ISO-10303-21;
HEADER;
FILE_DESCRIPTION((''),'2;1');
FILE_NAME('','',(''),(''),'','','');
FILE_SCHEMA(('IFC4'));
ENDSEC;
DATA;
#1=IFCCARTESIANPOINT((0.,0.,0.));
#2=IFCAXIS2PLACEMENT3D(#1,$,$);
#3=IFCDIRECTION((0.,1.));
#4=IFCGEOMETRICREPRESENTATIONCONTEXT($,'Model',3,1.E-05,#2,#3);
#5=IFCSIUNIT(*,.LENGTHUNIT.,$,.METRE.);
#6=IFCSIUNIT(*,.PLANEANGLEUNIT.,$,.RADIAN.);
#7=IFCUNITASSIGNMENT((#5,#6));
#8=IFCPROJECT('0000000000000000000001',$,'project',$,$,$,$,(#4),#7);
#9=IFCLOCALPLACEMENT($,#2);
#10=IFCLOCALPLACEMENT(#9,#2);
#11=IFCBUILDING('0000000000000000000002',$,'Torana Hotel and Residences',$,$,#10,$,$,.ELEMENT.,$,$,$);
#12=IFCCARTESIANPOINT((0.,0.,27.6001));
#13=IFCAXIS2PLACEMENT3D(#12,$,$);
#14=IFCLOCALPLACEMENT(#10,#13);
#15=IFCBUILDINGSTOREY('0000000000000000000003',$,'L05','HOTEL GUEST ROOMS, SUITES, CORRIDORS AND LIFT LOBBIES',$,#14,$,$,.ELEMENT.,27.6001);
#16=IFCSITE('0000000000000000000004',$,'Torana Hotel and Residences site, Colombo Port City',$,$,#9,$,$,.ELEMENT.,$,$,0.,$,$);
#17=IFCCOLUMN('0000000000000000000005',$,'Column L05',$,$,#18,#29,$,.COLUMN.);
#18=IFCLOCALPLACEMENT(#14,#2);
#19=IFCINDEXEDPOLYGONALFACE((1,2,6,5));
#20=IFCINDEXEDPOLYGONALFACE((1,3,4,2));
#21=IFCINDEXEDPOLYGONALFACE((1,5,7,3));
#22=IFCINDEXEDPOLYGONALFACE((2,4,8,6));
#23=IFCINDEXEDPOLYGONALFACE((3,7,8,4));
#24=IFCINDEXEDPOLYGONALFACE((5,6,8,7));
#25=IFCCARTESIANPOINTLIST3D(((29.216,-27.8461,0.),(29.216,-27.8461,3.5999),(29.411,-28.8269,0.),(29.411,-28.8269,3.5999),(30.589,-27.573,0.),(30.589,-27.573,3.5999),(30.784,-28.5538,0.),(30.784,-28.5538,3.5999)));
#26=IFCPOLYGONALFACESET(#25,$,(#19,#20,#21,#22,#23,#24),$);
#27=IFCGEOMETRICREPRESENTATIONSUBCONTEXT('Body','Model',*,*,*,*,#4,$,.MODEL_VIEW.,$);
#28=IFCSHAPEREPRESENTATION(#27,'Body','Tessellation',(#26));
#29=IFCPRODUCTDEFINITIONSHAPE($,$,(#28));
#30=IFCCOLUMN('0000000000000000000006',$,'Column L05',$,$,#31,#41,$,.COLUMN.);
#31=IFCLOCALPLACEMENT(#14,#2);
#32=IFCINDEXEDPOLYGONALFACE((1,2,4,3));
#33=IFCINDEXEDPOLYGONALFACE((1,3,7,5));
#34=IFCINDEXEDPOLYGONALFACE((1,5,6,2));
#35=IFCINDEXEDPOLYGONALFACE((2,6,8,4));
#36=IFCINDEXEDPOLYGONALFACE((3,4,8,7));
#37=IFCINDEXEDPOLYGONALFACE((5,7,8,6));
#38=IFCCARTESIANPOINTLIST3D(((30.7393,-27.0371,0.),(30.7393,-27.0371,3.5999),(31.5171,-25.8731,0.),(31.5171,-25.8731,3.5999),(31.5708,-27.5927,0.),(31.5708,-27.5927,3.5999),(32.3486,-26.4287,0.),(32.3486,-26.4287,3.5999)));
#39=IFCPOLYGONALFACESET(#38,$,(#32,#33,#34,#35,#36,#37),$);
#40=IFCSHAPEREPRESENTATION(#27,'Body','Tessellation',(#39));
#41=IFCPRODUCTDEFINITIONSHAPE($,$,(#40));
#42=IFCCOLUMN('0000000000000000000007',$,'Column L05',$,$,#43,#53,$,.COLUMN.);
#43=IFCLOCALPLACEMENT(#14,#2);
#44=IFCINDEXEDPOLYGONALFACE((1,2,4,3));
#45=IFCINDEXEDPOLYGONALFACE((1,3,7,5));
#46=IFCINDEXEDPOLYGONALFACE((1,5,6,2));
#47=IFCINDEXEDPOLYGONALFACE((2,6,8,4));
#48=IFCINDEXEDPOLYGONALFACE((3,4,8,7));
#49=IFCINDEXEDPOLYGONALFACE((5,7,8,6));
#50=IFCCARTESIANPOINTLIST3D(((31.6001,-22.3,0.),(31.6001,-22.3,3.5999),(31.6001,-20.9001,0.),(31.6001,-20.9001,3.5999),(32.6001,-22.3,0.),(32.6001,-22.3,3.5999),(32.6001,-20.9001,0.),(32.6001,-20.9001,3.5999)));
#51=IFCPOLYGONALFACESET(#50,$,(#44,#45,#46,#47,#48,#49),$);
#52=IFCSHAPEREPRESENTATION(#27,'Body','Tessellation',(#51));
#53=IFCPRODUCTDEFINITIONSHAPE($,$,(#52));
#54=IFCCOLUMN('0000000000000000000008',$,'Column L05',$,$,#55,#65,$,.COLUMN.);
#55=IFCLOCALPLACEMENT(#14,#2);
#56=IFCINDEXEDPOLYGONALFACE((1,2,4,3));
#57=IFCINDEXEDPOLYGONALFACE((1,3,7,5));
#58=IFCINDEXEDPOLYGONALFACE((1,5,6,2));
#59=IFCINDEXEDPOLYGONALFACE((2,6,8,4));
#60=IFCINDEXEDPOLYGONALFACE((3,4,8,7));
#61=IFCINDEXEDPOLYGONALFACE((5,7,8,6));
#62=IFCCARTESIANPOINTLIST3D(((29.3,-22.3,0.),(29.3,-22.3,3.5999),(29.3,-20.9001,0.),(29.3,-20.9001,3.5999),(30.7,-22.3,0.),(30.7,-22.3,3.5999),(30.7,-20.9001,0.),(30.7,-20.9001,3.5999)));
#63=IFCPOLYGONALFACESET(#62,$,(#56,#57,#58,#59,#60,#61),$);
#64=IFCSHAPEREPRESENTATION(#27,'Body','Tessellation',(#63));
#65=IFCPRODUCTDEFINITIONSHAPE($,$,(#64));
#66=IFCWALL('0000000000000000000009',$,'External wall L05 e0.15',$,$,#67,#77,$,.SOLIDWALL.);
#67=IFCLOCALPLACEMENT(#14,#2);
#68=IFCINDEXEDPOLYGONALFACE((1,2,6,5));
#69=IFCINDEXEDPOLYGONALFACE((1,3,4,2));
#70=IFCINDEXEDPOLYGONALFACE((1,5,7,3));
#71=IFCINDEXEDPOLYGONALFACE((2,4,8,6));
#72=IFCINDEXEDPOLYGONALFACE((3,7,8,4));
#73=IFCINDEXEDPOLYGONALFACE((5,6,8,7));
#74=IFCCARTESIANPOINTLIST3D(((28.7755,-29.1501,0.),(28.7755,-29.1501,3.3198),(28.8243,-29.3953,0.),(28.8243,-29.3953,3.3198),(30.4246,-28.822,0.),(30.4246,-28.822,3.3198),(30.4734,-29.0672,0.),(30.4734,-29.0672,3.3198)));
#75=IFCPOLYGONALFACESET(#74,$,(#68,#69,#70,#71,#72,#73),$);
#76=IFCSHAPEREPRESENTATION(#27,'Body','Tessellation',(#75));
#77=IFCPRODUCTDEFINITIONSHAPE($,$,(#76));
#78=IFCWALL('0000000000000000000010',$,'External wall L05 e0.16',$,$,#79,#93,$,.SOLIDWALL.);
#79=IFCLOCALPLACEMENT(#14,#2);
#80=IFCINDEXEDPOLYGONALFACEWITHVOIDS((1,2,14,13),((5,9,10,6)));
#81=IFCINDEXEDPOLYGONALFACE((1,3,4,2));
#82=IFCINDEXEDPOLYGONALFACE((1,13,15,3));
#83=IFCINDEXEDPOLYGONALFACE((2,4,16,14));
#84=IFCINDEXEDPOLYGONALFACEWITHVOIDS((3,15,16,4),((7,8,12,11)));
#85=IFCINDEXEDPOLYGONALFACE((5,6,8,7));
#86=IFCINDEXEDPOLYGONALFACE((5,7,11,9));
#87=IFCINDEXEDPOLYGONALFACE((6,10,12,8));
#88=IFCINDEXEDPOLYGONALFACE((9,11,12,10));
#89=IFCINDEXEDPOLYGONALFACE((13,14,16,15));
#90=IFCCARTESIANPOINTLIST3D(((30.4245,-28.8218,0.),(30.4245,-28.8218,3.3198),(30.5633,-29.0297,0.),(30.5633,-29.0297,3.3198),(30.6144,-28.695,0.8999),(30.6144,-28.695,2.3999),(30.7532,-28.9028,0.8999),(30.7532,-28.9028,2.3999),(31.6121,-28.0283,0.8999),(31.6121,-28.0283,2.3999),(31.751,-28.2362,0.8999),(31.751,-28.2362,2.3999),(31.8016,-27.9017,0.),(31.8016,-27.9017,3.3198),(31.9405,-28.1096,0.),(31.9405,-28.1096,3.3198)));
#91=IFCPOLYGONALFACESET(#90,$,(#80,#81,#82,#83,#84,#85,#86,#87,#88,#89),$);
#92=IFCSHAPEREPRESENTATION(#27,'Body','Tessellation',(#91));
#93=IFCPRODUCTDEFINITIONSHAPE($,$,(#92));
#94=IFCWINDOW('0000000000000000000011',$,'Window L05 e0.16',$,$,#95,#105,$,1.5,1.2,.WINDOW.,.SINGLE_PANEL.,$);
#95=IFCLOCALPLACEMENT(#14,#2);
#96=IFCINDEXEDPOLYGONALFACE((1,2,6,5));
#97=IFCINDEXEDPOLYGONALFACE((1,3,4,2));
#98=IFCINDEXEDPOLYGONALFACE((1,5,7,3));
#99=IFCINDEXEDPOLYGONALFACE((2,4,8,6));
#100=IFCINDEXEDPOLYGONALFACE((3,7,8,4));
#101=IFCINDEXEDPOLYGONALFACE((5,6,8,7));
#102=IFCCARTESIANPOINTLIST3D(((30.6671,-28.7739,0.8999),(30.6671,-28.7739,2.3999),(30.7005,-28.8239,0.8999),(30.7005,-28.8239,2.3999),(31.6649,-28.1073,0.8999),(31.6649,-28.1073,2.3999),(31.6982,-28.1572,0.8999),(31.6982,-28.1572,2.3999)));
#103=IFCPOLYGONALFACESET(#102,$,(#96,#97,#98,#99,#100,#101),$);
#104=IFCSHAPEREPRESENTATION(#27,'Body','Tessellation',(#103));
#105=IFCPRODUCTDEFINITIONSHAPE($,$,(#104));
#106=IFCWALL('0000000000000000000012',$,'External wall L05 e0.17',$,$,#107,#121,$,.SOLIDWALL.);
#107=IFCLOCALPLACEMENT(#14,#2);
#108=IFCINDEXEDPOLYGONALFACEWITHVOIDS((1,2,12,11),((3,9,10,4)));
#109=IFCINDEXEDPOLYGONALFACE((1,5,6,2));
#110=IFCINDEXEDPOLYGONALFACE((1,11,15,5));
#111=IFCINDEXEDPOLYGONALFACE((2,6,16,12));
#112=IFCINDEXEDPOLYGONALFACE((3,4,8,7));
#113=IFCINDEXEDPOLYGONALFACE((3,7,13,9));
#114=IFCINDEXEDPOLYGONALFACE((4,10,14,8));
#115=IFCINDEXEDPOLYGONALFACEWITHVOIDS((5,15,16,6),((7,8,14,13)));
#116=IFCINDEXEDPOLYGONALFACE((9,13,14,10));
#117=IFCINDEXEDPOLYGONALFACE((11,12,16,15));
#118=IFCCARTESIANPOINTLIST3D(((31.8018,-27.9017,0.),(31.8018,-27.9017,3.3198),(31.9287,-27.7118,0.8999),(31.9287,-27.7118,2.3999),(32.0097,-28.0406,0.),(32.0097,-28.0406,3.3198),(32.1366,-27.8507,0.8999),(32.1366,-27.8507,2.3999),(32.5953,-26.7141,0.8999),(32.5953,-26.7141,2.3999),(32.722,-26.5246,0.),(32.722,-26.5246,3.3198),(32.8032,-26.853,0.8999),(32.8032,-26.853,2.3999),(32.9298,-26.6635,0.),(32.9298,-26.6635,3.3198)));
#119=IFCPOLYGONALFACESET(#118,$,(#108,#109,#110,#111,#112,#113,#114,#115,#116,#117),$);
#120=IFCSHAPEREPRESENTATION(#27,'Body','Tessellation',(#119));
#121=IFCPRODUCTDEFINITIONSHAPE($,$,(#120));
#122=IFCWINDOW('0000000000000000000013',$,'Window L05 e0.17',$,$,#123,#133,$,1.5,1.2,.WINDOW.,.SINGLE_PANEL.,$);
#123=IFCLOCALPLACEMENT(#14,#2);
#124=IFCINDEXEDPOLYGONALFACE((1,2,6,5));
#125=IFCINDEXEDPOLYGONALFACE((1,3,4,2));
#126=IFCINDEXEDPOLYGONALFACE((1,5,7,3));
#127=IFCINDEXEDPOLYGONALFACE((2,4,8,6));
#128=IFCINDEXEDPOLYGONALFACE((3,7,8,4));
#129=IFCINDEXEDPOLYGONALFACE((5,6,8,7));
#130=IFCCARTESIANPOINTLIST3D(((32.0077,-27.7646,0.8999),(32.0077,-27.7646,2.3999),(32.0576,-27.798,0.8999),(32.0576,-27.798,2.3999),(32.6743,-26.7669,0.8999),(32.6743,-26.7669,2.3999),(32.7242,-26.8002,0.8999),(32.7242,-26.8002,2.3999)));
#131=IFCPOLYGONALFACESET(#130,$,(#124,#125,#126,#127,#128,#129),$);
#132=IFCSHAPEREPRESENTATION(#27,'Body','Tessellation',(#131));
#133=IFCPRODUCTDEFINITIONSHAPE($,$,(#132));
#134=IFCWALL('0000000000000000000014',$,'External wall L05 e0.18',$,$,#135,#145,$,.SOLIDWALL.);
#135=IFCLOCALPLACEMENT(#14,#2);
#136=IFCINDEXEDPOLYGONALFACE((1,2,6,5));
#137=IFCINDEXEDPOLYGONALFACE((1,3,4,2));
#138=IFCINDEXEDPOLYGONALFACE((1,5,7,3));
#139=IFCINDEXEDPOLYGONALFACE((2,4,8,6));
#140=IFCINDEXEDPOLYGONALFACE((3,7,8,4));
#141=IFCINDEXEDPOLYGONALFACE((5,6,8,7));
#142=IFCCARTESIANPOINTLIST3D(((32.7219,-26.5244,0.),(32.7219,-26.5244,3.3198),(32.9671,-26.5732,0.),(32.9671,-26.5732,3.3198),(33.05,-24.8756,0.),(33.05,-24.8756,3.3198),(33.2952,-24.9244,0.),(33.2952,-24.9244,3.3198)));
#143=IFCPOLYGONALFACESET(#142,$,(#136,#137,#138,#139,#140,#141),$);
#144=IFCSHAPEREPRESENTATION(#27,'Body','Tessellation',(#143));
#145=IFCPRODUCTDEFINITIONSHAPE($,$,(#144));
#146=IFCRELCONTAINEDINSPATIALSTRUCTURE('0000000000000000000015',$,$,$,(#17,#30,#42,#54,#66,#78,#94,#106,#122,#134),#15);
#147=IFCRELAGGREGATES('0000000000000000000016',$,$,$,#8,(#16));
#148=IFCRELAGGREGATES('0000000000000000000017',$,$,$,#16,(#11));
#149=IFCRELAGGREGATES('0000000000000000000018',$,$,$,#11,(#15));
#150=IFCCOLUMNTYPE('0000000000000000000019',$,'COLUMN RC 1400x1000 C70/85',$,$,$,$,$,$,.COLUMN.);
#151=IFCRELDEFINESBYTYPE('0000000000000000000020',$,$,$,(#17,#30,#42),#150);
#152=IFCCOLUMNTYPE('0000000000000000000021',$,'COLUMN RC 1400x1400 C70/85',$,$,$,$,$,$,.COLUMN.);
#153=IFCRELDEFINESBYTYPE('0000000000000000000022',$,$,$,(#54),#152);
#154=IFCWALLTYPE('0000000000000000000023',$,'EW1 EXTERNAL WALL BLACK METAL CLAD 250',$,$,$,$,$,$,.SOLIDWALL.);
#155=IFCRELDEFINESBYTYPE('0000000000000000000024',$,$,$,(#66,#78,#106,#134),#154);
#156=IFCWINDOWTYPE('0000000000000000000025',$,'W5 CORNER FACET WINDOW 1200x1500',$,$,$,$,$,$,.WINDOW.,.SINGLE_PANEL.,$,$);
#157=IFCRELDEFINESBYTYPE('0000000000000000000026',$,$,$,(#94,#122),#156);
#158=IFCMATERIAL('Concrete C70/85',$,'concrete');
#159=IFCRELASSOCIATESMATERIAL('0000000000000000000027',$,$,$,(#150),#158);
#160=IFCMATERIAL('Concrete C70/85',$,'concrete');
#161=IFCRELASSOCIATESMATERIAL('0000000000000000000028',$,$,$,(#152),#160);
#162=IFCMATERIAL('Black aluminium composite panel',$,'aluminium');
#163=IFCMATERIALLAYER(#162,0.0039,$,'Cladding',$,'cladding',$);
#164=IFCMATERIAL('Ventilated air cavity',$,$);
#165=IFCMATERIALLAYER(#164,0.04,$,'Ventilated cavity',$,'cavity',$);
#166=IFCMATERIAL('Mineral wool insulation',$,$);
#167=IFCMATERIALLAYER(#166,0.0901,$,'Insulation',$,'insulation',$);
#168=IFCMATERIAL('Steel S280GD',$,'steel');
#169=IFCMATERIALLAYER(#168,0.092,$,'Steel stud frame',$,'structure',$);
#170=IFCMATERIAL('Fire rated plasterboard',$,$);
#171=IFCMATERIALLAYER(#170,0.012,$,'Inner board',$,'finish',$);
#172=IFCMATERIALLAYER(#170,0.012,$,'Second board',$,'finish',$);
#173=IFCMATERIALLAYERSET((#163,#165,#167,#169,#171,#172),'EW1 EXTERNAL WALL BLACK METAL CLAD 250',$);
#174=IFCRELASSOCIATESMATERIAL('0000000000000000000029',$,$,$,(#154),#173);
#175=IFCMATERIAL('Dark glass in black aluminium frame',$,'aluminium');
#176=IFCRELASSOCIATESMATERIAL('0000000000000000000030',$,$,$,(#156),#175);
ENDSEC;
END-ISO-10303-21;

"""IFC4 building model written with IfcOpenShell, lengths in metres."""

from ifc_helpers import new_model, si_unit, direction, frame, frame_2d, origin, origin_2d, place, context, subcontext, project, spatial, rectangle, extrude, material, layer, layer_set, material_profile, profile_set, type_object, element, fill, save


model = new_model("IFC4")

# Units and contexts
model_context = context("Model", 3, precision=1e-05, world=origin(), true_north=direction((0.0, 1.0)))
body_context = subcontext(model_context, "Body", "Model", "MODEL_VIEW")
ifc_project = project(units=[si_unit("LENGTHUNIT", "METRE"), si_unit("PLANEANGLEUNIT", "RADIAN")], contexts=[model_context])

# Site, building, storey
site_placement = place(None, origin())
site = spatial("IfcSite", under=ifc_project, at=site_placement, Name="Torana Hotel and Residences site, Colombo Port City", CompositionType="ELEMENT", RefElevation=0.0)
building_placement = place(site_placement, origin())
building = spatial("IfcBuilding", under=site, at=building_placement, Name="Torana Hotel and Residences", CompositionType="ELEMENT")
storey_placement = place(building_placement, frame((0.0, 0.0, 27.6001)))
storey = spatial("IfcBuildingStorey", under=building, at=storey_placement, Name="L05", Description="HOTEL GUEST ROOMS, SUITES, CORRIDORS AND LIFT LOBBIES", CompositionType="ELEMENT", Elevation=27.6001)

# Columns
ifc_material_1 = material(Name="Concrete C70/85", Category="concrete")
ifc_material_profile_1 = material_profile(ifc_material_1, rectangle(XDim=1.3999, YDim=1.0, at=origin_2d()), Name="RC 1400x1000")
ifc_profile_set_1 = profile_set([ifc_material_profile_1], Name="Concrete C70/85")
column_type_1 = type_object("IfcColumnType", Name="COLUMN RC 1400x1000 C70/85", PredefinedType="COLUMN", material=ifc_profile_set_1)
for number, where, z_axis, x_axis, name in (
    (1, (30.0, -28.2, 0.0), (0.0, 0.0, 1.0), (0.980792, 0.195056, 0.0), "Column L05"),
    (2, (31.5439, -26.7329, 0.0), (0.0, 0.0, 1.0), (0.555585, 0.83146, 0.0), "Column L05"),
    (3, (32.1001, -21.6001, 0.0), (0.0, 0.0, 1.0), (0.0, 1.0, 0.0), "Column L05"),
):
    element("IfcColumn", number, at=place(storey_placement, frame(where, z_axis=z_axis, x_axis=x_axis)), inside=storey, type_object=column_type_1, Name=name, PredefinedType="COLUMN", context=body_context, shape_type="SweptSolid", body=[
        extrude(rectangle(XDim=1.3999, YDim=1.0, at=origin_2d()), origin(), (0.0, 0.0, 1.0), 3.5999),
    ])
ifc_material_2 = material(Name="Concrete C70/85", Category="concrete")
ifc_material_profile_2 = material_profile(ifc_material_2, rectangle(XDim=1.3999, YDim=1.3999, at=origin_2d()), Name="RC 1400x1400")
ifc_profile_set_2 = profile_set([ifc_material_profile_2], Name="Concrete C70/85")
column_type_2 = type_object("IfcColumnType", Name="COLUMN RC 1400x1400 C70/85", PredefinedType="COLUMN", material=ifc_profile_set_2)
column_placement = place(storey_placement, frame((30.0, -21.6001, 0.0), z_axis=(0.0, 0.0, 1.0), x_axis=(1.0, 0.0, 0.0)))
element("IfcColumn", 4, at=column_placement, inside=storey, type_object=column_type_2, Name="Column L05", PredefinedType="COLUMN", context=body_context, shape_type="SweptSolid", body=[
    extrude(rectangle(XDim=1.3999, YDim=1.3999, at=origin_2d()), origin(), (0.0, 0.0, 1.0), 3.5999),
])

# Wall
ifc_material_3 = material(Name="Black aluminium composite panel", Category="aluminium")
ifc_layer_1 = layer(ifc_material_3, 0.0039, Name="Cladding", Category="cladding")
ifc_material_4 = material(Name="Ventilated air cavity")
ifc_layer_2 = layer(ifc_material_4, 0.04, Name="Ventilated cavity", Category="cavity")
ifc_material_5 = material(Name="Mineral wool insulation")
ifc_layer_3 = layer(ifc_material_5, 0.0901, Name="Insulation", Category="insulation")
ifc_material_6 = material(Name="Steel S280GD", Category="steel")
ifc_layer_4 = layer(ifc_material_6, 0.092, Name="Steel stud frame", Category="structure")
ifc_material_7 = material(Name="Fire rated plasterboard")
ifc_layer_5 = layer(ifc_material_7, 0.012, Name="Inner board", Category="finish")
ifc_layer_6 = layer(ifc_material_7, 0.012, Name="Second board", Category="finish")
ifc_layer_set_1 = layer_set([ifc_layer_1, ifc_layer_2, ifc_layer_3, ifc_layer_4, ifc_layer_5, ifc_layer_6], Name="EW1 EXTERNAL WALL BLACK METAL CLAD 250")
wall_type_1 = type_object("IfcWallType", Name="EW1 EXTERNAL WALL BLACK METAL CLAD 250", PredefinedType="SOLIDWALL", material=ifc_layer_set_1)
wall_1_placement = place(storey_placement, frame((28.7998, -29.2727, 0.0), z_axis=(0.0, 0.0, 1.0), x_axis=(0.980776, 0.195139, 0.0)))
element("IfcWall", 5, at=wall_1_placement, inside=storey, type_object=wall_type_1, Name="External wall L05 e0.15", PredefinedType="SOLIDWALL", context=body_context, shape_type="SweptSolid", body=[
    extrude(rectangle(XDim=1.6814, YDim=0.25, at=frame_2d((0.8408, 0.0))), origin(), (0.0, 0.0, 1.0), 3.3198),
])

# Walls, openings, windows
wall_2_placement = place(storey_placement, frame((30.4939, -28.9258, 0.0), z_axis=(0.0, 0.0, 1.0), x_axis=(0.831483, 0.55555, 0.0)))
wall_2 = element("IfcWall", 6, at=wall_2_placement, inside=storey, type_object=wall_type_1, Name="External wall L05 e0.16", PredefinedType="SOLIDWALL", context=body_context, shape_type="SweptSolid", body=[
    extrude(rectangle(XDim=1.6562, YDim=0.25, at=frame_2d((0.8281, 0.0))), origin(), (0.0, 0.0, 1.0), 3.3198),
])
opening_1_placement = place(wall_2_placement, frame((0.2283, 0.0, 0.8999)))
opening_1 = element("IfcOpeningElement", 7, at=opening_1_placement, cuts=wall_2, PredefinedType="OPENING", context=body_context, shape_type="SweptSolid", body=[
    extrude(rectangle(XDim=1.2, YDim=1.5, at=frame_2d((0.6001, 0.75))), frame((0.0, 0.135, 0.0), z_axis=(0.0, -1.0, 0.0), x_axis=(1.0, 0.0, 0.0)), (0.0, 0.0, 1.0), 0.27),
])
ifc_material_8 = material(Name="Dark glass in black aluminium frame", Category="aluminium")
window_type = type_object("IfcWindowType", Name="W5 CORNER FACET WINDOW 1200x1500", PartitioningType="SINGLE_PANEL", PredefinedType="WINDOW", material=ifc_material_8)
window_1_placement = place(opening_1_placement, origin())
window_1 = element("IfcWindow", 8, at=window_1_placement, inside=storey, type_object=window_type, Name="Window L05 e0.16", OverallHeight=1.5, OverallWidth=1.2, PartitioningType="SINGLE_PANEL", PredefinedType="WINDOW", context=body_context, shape_type="SweptSolid", body=[
    extrude(rectangle(XDim=1.2, YDim=1.5, at=frame_2d((0.6001, 0.75))), frame((0.0, 0.03, 0.0), z_axis=(0.0, -1.0, 0.0), x_axis=(1.0, 0.0, 0.0)), (0.0, 0.0, 1.0), 0.0601),
])
fill(opening_1, window_1)
wall_3_placement = place(storey_placement, frame((31.9058, -27.9712, 0.0), z_axis=(0.0, 0.0, 1.0), x_axis=(0.55555, 0.831483, 0.0)))
wall_3 = element("IfcWall", 9, at=wall_3_placement, inside=storey, type_object=wall_type_1, Name="External wall L05 e0.17", PredefinedType="SOLIDWALL", context=body_context, shape_type="SweptSolid", body=[
    extrude(rectangle(XDim=1.6562, YDim=0.25, at=frame_2d((0.8281, 0.0))), origin(), (0.0, 0.0, 1.0), 3.3198),
])
opening_2_placement = place(wall_3_placement, frame((0.2283, 0.0, 0.8999)))
opening_2 = element("IfcOpeningElement", 10, at=opening_2_placement, cuts=wall_3, PredefinedType="OPENING", context=body_context, shape_type="SweptSolid", body=[
    extrude(rectangle(XDim=1.2, YDim=1.5, at=frame_2d((0.6001, 0.75))), frame((0.0, 0.135, 0.0), z_axis=(0.0, -1.0, 0.0), x_axis=(1.0, 0.0, 0.0)), (0.0, 0.0, 1.0), 0.27),
])
window_2_placement = place(opening_2_placement, origin())
window_2 = element("IfcWindow", 11, at=window_2_placement, inside=storey, type_object=window_type, Name="Window L05 e0.17", OverallHeight=1.5, OverallWidth=1.2, PartitioningType="SINGLE_PANEL", PredefinedType="WINDOW", context=body_context, shape_type="SweptSolid", body=[
    extrude(rectangle(XDim=1.2, YDim=1.5, at=frame_2d((0.6001, 0.75))), frame((0.0, 0.03, 0.0), z_axis=(0.0, -1.0, 0.0), x_axis=(1.0, 0.0, 0.0)), (0.0, 0.0, 1.0), 0.0601),
])
fill(opening_2, window_2)

# Wall
wall_4_placement = place(storey_placement, frame((32.8445, -26.5488, 0.0), z_axis=(0.0, 0.0, 1.0), x_axis=(0.195167, 0.98077, 0.0)))
element("IfcWall", 12, at=wall_4_placement, inside=storey, type_object=wall_type_1, Name="External wall L05 e0.18", PredefinedType="SOLIDWALL", context=body_context, shape_type="SweptSolid", body=[
    extrude(rectangle(XDim=1.6812, YDim=0.25, at=frame_2d((0.8406, 0.0))), origin(), (0.0, 0.0, 1.0), 3.3198),
])

save(model, "model.ifc")
